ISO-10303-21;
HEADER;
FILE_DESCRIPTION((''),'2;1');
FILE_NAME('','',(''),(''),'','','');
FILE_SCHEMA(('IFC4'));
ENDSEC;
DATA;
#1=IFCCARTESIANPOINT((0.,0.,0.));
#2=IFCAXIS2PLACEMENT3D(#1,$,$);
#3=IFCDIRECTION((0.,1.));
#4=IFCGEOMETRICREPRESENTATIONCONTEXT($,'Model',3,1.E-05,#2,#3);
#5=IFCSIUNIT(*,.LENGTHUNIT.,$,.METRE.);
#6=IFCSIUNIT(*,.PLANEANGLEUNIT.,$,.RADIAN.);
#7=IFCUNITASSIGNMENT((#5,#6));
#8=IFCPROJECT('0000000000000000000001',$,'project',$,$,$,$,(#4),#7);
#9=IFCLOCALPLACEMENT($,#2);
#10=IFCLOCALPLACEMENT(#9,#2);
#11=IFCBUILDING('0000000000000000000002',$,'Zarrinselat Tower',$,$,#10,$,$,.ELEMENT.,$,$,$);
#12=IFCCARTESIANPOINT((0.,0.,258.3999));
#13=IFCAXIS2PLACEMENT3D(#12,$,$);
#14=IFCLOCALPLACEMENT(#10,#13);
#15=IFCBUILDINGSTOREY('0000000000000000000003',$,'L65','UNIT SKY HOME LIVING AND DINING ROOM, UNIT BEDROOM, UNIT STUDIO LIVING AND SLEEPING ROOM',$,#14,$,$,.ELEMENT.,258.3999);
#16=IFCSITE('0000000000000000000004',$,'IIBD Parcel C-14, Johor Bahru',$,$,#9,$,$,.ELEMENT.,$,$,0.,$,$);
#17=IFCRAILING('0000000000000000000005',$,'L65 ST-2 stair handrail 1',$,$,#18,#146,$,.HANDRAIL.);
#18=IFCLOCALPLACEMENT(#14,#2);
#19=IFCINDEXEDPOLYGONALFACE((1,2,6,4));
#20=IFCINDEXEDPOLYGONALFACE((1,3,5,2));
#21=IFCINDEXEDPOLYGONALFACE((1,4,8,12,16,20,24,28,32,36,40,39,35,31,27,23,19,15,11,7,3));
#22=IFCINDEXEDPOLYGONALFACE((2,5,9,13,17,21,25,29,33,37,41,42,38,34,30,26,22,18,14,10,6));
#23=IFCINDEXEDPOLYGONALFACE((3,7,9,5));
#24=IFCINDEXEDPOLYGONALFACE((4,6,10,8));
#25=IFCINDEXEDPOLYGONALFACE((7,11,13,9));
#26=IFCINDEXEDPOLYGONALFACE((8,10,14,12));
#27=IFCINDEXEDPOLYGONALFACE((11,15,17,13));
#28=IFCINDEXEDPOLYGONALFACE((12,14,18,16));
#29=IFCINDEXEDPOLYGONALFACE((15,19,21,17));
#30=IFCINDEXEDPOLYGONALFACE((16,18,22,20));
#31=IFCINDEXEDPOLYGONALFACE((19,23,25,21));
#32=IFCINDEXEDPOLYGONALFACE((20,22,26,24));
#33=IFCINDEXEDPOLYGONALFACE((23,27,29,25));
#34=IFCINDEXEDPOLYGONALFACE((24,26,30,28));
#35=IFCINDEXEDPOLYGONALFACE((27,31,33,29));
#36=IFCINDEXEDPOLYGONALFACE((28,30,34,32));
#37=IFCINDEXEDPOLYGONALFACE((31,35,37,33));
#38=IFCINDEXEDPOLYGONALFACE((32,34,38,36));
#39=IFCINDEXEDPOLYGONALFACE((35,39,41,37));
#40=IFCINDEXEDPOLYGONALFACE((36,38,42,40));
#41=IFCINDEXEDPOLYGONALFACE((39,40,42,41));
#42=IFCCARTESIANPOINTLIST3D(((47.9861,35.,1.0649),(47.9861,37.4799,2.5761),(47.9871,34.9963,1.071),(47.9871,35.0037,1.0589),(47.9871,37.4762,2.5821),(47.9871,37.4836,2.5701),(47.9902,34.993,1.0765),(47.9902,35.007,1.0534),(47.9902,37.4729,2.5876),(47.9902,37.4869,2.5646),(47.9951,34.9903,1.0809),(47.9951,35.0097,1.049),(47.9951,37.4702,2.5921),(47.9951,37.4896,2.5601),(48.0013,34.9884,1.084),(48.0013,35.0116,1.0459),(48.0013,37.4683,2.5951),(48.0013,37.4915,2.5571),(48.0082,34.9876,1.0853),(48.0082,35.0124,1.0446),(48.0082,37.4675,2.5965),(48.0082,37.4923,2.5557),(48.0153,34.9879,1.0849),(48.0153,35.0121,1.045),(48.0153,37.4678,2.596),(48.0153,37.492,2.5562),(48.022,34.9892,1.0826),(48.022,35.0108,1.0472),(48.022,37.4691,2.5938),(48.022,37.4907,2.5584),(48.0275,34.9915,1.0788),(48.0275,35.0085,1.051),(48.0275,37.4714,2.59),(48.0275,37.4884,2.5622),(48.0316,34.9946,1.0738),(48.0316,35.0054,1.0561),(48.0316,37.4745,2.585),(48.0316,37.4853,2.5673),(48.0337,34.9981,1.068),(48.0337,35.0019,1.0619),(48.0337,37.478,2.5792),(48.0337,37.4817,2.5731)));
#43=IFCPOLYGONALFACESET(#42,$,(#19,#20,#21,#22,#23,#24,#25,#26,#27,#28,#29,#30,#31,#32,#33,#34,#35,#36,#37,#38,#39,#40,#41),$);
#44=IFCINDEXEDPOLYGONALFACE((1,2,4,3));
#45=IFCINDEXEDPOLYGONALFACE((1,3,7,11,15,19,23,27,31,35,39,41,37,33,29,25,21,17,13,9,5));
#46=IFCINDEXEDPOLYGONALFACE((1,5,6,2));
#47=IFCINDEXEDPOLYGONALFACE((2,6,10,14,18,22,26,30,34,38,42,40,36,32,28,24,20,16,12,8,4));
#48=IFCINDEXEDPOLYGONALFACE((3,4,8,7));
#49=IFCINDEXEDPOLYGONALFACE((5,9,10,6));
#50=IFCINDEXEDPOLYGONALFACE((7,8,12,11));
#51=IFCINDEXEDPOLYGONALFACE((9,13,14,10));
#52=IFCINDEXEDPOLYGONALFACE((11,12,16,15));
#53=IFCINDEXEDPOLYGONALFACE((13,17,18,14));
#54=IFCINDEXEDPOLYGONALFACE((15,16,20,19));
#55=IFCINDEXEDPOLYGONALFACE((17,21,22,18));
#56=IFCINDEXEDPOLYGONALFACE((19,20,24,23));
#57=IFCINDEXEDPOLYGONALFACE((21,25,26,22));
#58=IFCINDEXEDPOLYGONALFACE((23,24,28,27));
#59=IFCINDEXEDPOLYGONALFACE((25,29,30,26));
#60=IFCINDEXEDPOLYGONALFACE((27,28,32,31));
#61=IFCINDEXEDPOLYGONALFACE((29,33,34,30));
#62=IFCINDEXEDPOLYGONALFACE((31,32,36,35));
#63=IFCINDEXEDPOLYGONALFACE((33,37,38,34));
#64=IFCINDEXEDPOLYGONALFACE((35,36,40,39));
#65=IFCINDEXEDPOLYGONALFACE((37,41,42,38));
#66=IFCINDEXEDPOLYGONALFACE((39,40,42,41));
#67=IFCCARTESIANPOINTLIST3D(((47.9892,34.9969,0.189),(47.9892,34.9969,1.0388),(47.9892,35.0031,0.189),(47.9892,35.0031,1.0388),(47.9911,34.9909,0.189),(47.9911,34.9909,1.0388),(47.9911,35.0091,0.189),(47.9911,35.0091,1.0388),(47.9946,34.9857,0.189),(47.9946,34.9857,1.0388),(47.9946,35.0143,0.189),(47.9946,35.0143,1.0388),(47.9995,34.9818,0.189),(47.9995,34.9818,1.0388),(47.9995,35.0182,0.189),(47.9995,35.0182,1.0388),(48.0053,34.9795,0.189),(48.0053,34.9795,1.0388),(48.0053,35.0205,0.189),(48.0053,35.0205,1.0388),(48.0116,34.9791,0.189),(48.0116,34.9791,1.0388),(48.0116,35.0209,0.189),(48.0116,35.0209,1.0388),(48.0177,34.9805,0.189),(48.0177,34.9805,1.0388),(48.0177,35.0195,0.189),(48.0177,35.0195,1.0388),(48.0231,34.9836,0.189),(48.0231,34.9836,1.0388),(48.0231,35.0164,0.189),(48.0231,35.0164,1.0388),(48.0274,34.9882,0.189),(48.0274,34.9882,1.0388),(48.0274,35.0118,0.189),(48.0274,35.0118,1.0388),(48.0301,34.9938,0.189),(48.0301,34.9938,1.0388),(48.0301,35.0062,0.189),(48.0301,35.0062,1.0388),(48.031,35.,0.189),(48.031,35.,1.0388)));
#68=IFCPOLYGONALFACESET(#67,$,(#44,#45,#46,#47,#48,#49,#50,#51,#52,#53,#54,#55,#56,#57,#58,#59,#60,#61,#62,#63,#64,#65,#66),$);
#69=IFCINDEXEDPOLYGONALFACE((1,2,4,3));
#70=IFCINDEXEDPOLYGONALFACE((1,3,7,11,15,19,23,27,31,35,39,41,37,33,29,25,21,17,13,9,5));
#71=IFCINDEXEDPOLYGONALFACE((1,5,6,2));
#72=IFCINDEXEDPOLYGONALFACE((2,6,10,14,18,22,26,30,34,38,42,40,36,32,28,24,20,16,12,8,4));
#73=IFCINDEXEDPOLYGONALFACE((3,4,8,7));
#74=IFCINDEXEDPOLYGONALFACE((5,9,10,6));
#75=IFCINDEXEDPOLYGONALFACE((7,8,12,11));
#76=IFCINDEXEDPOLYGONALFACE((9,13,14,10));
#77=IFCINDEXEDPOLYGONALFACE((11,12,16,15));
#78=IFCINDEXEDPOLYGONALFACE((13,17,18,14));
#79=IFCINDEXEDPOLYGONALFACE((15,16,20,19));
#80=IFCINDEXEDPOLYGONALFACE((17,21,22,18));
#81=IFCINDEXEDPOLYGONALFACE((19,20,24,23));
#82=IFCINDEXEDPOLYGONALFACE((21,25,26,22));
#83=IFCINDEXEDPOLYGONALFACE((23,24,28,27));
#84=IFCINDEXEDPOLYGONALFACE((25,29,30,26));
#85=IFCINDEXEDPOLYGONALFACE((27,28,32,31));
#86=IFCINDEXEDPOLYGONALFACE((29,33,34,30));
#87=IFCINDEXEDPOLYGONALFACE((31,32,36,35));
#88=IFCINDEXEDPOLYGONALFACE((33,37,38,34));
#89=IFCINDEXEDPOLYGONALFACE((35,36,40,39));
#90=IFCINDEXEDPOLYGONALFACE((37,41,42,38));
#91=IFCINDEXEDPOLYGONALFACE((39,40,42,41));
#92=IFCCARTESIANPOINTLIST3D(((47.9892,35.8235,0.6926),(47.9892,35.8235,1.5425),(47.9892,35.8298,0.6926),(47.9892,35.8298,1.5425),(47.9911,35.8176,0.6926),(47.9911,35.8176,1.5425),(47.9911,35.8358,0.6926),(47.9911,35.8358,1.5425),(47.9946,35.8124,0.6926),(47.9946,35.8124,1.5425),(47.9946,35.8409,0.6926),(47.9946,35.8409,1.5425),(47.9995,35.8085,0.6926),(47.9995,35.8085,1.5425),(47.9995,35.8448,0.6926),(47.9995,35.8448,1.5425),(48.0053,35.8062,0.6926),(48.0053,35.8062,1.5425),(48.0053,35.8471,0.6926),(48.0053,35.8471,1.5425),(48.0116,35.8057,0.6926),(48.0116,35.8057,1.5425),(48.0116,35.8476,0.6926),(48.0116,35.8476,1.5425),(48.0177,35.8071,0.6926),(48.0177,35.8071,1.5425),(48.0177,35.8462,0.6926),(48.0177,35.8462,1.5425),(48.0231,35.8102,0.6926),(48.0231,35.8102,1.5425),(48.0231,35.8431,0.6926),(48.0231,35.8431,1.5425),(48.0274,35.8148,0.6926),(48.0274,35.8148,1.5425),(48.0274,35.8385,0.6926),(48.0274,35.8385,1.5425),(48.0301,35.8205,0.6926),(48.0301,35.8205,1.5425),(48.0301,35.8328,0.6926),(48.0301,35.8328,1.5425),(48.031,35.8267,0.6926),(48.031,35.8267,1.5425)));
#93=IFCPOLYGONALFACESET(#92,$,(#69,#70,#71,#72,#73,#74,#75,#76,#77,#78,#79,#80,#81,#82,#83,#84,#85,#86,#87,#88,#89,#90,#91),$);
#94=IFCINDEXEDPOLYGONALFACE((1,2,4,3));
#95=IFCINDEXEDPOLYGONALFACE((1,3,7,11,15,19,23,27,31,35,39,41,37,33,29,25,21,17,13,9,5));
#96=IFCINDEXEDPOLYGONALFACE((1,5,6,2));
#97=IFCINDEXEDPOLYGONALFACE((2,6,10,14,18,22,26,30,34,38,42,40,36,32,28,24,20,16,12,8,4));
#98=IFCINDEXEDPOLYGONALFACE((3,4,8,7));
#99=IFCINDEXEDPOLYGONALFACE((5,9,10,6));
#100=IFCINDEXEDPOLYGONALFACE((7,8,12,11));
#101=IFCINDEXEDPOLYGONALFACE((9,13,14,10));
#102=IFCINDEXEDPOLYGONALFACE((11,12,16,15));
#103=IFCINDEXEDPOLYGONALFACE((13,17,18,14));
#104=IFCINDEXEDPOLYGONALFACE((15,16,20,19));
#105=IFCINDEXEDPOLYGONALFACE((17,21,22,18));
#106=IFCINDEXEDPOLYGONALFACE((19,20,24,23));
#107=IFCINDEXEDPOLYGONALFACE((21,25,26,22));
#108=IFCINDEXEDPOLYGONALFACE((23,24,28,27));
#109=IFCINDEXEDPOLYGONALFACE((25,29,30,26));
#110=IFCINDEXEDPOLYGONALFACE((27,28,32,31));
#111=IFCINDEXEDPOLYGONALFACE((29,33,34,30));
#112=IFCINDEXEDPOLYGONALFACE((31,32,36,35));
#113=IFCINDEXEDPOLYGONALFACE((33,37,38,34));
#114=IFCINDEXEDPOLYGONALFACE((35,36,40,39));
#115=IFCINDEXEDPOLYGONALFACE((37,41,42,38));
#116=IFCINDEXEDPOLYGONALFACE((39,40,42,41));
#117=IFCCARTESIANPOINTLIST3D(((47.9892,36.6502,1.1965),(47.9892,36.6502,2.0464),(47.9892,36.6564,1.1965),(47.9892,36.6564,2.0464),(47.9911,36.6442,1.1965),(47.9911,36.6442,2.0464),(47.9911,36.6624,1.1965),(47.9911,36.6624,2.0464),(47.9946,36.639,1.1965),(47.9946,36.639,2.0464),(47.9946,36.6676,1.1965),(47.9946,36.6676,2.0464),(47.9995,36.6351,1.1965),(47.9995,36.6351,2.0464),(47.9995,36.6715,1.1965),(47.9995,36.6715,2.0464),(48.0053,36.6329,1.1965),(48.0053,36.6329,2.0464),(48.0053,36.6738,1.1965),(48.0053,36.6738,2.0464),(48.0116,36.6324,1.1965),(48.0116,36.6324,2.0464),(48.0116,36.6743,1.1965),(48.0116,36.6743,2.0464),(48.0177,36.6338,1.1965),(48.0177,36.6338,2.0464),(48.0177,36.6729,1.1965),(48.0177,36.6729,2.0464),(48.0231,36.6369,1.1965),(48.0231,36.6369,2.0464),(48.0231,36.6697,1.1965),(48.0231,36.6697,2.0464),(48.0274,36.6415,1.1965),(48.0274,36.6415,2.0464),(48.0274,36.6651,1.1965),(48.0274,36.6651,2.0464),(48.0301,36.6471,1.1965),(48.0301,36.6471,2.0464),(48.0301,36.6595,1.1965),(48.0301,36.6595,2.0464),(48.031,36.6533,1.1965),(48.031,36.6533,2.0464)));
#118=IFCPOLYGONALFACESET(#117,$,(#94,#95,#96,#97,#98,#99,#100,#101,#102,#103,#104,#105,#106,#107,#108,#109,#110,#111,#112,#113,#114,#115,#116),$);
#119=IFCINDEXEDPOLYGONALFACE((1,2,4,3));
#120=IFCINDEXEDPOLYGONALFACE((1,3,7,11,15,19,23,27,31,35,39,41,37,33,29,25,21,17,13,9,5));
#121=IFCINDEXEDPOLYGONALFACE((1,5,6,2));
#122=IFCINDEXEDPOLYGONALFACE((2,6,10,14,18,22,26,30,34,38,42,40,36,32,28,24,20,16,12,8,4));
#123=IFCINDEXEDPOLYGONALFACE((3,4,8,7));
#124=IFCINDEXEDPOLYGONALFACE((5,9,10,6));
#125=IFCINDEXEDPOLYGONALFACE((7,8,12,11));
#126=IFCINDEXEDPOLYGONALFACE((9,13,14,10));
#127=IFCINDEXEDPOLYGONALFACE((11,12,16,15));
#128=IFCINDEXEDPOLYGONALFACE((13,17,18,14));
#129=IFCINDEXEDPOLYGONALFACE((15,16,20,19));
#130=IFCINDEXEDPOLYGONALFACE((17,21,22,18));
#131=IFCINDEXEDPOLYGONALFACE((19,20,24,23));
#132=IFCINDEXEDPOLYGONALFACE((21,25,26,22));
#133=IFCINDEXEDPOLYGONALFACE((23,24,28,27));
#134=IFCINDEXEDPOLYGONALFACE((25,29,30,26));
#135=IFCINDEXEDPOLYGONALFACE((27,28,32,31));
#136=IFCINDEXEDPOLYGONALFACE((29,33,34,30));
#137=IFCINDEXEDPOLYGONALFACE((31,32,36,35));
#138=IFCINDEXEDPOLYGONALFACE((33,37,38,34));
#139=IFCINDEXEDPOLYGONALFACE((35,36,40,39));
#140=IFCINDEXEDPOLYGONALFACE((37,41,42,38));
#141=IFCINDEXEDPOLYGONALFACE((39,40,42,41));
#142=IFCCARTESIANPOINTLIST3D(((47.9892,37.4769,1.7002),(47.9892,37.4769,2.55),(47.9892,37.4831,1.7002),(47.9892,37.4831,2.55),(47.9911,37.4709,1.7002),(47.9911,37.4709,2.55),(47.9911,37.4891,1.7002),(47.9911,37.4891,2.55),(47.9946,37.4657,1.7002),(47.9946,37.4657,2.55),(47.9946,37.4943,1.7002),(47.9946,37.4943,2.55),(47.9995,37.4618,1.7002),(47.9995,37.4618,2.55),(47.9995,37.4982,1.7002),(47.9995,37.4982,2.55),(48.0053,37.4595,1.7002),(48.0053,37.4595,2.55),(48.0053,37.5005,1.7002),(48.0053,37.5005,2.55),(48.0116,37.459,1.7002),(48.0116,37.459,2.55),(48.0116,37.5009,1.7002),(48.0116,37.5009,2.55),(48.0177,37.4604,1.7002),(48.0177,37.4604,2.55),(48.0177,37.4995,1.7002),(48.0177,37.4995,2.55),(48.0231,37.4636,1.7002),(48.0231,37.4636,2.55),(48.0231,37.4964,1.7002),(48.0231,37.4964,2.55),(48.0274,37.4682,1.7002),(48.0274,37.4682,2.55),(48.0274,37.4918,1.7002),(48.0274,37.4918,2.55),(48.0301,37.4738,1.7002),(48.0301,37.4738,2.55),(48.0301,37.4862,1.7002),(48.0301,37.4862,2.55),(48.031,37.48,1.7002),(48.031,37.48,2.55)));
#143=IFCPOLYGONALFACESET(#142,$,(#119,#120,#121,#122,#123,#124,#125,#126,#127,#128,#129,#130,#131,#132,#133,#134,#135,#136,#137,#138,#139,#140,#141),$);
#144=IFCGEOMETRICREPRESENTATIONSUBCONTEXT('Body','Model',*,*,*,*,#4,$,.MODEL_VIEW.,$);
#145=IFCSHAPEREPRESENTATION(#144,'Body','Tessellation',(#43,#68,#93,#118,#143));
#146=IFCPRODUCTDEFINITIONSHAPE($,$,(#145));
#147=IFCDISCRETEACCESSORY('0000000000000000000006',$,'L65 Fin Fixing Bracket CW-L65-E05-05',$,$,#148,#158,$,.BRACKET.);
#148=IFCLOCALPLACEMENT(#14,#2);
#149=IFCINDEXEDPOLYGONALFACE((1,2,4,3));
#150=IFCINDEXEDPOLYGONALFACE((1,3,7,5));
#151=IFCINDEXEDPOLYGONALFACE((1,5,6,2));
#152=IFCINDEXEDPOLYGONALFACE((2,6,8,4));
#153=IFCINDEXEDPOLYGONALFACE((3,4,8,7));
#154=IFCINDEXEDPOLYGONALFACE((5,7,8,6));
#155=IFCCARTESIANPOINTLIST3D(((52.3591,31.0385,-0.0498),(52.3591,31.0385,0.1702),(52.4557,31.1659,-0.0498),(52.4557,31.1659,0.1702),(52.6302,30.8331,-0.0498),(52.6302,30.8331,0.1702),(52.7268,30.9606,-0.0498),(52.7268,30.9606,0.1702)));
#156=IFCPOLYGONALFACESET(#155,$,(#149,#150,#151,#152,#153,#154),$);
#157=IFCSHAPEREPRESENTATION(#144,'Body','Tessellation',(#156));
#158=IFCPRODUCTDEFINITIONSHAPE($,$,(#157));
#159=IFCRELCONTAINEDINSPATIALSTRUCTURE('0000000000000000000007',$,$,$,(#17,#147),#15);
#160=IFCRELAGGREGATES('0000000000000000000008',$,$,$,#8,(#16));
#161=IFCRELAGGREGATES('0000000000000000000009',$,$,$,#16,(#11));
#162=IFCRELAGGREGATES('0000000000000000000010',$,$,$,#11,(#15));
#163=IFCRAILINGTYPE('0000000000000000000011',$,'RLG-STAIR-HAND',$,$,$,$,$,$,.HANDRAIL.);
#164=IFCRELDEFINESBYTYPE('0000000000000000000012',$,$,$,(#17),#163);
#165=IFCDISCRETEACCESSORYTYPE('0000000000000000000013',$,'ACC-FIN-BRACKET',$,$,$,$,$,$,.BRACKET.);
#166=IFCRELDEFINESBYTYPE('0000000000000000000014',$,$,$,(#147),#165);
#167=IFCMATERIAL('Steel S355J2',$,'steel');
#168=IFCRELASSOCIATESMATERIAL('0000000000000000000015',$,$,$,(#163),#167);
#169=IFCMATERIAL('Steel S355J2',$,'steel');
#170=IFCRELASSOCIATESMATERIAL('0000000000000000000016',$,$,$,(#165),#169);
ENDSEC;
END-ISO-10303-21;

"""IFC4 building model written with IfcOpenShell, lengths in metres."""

from ifc_helpers import new_model, si_unit, direction, frame, origin, origin_2d, place, context, subcontext, project, spatial, rectangle, circle, extrude, material, type_object, element, save


model = new_model("IFC4")

# Units and contexts
model_context = context("Model", 3, precision=1e-05, world=origin(), true_north=direction((0.0, 1.0)))
body_context = subcontext(model_context, "Body", "Model", "MODEL_VIEW")
ifc_project = project(units=[si_unit("LENGTHUNIT", "METRE"), si_unit("PLANEANGLEUNIT", "RADIAN")], contexts=[model_context])

# Site, building, storey
site_placement = place(None, origin())
site = spatial("IfcSite", under=ifc_project, at=site_placement, Name="IIBD Parcel C-14, Johor Bahru", CompositionType="ELEMENT", RefElevation=0.0)
building_placement = place(site_placement, origin())
building = spatial("IfcBuilding", under=site, at=building_placement, Name="Zarrinselat Tower", CompositionType="ELEMENT")
storey_placement = place(building_placement, frame((0.0, 0.0, 258.3999)))
storey = spatial("IfcBuildingStorey", under=building, at=storey_placement, Name="L65", Description="UNIT SKY HOME LIVING AND DINING ROOM, UNIT BEDROOM, UNIT STUDIO LIVING AND SLEEPING ROOM", CompositionType="ELEMENT", Elevation=258.3999)

# Railing
ifc_material_1 = material(Name="Steel S355J2", Category="steel")
railing_type_1 = type_object("IfcRailingType", Name="RLG-STAIR-HAND", PredefinedType="HANDRAIL", material=ifc_material_1)
railing_1_placement = place(storey_placement, frame((48.01, 35.0, 0.189)))
element("IfcRailing", 1, at=railing_1_placement, inside=storey, type_object=railing_type_1, Name="L65 ST-2 stair handrail 1", PredefinedType="HANDRAIL", context=body_context, shape_type="SweptSolid", body=[
    extrude(circle(Radius=0.0239, at=origin_2d()), frame((0.0, 0.0, 0.876), z_axis=(0.0, 0.853942, 0.520368), x_axis=(-1.0, 0.0, 0.0)), (0.0, 0.0, 1.0), 2.9041),
    extrude(circle(Radius=0.021, at=origin_2d()), origin(), (0.0, 0.0, 1.0), 0.8499),
    extrude(circle(Radius=0.021, at=origin_2d()), frame((0.0, 0.8267, 0.5037)), (0.0, 0.0, 1.0), 0.8499),
    extrude(circle(Radius=0.021, at=origin_2d()), frame((0.0, 1.6533, 1.0076)), (0.0, 0.0, 1.0), 0.8499),
    extrude(circle(Radius=0.021, at=origin_2d()), frame((0.0, 2.48, 1.5112)), (0.0, 0.0, 1.0), 0.8499),
])

# Discrete accessory
ifc_material_2 = material(Name="Steel S355J2", Category="steel")
discrete_accessory_type = type_object("IfcDiscreteAccessoryType", Name="ACC-FIN-BRACKET", PredefinedType="BRACKET", material=ifc_material_2)
discrete_accessory_placement = place(storey_placement, frame((52.543, 30.9995, -0.0498), z_axis=(0.0, 0.0, 1.0), x_axis=(0.797091, -0.60386, 0.0)))
element("IfcDiscreteAccessory", 2, at=discrete_accessory_placement, inside=storey, type_object=discrete_accessory_type, Name="L65 Fin Fixing Bracket CW-L65-E05-05", PredefinedType="BRACKET", context=body_context, shape_type="SweptSolid", body=[
    extrude(rectangle(XDim=0.3401, YDim=0.1599, at=origin_2d()), origin(), (0.0, 0.0, 1.0), 0.22),
])

save(model, "model.ifc")
